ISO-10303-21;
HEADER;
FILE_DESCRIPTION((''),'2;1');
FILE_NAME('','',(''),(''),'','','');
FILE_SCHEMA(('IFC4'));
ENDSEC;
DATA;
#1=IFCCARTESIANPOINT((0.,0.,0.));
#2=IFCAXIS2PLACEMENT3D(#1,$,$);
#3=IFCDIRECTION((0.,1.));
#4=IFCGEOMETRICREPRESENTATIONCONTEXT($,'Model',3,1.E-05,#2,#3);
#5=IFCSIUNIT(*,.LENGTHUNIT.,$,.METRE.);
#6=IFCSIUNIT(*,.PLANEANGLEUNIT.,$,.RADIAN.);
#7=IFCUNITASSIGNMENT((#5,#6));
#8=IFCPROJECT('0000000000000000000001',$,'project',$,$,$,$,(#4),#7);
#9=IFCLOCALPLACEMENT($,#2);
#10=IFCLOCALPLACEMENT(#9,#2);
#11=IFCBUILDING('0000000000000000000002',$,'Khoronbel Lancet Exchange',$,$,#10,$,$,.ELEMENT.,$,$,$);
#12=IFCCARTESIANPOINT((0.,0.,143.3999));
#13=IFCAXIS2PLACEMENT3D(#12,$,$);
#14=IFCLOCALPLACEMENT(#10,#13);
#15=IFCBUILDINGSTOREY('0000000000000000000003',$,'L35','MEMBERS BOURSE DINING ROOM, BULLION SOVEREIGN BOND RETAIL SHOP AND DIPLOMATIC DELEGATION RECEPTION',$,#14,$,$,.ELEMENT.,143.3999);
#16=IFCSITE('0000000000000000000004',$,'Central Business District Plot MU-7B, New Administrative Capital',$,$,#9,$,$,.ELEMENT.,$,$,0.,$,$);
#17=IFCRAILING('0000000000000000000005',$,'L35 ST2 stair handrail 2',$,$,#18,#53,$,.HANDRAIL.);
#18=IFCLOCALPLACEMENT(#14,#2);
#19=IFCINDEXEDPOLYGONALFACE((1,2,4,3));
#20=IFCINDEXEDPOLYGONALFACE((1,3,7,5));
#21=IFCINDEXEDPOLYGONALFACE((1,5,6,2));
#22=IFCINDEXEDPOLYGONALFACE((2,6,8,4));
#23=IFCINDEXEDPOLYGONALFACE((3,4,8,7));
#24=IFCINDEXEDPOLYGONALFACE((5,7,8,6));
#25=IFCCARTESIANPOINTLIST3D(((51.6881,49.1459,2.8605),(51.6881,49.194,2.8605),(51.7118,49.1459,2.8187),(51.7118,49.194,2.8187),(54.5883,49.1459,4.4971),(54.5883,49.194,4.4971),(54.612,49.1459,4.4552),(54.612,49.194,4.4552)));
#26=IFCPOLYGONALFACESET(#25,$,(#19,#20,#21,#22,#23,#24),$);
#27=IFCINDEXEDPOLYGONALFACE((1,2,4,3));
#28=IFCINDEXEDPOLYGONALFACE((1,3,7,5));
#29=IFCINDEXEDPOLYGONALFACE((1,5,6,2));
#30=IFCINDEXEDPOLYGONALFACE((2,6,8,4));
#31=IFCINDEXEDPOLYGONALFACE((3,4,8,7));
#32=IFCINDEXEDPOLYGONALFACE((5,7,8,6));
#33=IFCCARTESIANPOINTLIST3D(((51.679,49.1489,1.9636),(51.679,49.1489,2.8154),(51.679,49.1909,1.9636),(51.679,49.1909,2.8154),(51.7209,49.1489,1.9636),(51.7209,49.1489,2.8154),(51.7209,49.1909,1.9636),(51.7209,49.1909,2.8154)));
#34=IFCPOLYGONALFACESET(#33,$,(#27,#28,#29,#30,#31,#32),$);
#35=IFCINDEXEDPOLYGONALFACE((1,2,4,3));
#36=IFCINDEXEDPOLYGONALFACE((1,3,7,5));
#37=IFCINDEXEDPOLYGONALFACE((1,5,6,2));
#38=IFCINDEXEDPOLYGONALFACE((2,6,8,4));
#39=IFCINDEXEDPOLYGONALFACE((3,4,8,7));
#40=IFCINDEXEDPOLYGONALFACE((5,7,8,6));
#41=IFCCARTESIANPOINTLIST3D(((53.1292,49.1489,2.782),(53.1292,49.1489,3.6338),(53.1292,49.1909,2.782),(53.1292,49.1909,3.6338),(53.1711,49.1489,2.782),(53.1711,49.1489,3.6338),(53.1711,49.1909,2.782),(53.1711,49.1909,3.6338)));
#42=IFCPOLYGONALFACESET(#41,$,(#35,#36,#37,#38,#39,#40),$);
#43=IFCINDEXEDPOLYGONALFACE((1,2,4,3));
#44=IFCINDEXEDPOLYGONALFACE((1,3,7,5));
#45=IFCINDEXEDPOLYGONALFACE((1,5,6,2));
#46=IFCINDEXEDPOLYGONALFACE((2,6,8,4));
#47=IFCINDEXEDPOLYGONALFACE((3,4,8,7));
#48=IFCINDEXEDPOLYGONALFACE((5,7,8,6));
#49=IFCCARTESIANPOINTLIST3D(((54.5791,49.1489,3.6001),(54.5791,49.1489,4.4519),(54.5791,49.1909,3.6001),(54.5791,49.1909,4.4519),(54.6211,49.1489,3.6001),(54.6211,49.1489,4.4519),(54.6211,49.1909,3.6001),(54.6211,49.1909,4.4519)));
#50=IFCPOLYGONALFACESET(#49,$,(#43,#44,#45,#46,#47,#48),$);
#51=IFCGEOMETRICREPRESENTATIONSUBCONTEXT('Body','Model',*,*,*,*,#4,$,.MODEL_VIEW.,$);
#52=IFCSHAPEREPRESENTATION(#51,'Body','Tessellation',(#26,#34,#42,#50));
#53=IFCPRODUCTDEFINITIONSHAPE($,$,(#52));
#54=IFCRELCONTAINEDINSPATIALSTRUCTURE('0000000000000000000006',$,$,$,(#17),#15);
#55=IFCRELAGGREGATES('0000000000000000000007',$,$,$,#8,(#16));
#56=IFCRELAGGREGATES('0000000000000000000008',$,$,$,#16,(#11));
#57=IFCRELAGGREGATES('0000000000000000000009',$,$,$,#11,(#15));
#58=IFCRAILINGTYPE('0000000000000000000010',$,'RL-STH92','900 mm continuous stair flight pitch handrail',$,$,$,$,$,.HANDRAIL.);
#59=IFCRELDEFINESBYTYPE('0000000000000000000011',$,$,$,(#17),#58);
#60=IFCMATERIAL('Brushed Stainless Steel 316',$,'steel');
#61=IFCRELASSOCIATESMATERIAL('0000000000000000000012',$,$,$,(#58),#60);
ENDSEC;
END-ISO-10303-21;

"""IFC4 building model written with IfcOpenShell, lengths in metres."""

from ifc_helpers import new_model, si_unit, direction, frame, origin, origin_2d, place, context, subcontext, project, spatial, rectangle, extrude, material, type_object, element, save


model = new_model("IFC4")

# Units and contexts
model_context = context("Model", 3, precision=1e-05, world=origin(), true_north=direction((0.0, 1.0)))
body_context = subcontext(model_context, "Body", "Model", "MODEL_VIEW")
ifc_project = project(units=[si_unit("LENGTHUNIT", "METRE"), si_unit("PLANEANGLEUNIT", "RADIAN")], contexts=[model_context])

# Site, building, storey
site_placement = place(None, origin())
site = spatial("IfcSite", under=ifc_project, at=site_placement, Name="Central Business District Plot MU-7B, New Administrative Capital", CompositionType="ELEMENT", RefElevation=0.0)
building_placement = place(site_placement, origin())
building = spatial("IfcBuilding", under=site, at=building_placement, Name="Khoronbel Lancet Exchange", CompositionType="ELEMENT")
storey_placement = place(building_placement, frame((0.0, 0.0, 143.3999)))
storey = spatial("IfcBuildingStorey", under=building, at=storey_placement, Name="L35", Description="MEMBERS BOURSE DINING ROOM, BULLION SOVEREIGN BOND RETAIL SHOP AND DIPLOMATIC DELEGATION RECEPTION", CompositionType="ELEMENT", Elevation=143.3999)

# Railing
ifc_material_1 = material(Name="Brushed Stainless Steel 316", Category="steel")
railing_type_1 = type_object("IfcRailingType", Name="RL-STH92", Description="900 mm continuous stair flight pitch handrail", PredefinedType="HANDRAIL", material=ifc_material_1)
railing_1_placement = place(storey_placement, frame((51.7, 49.1699, 1.9636)))
element("IfcRailing", 1, at=railing_1_placement, inside=storey, type_object=railing_type_1, Name="L35 ST2 stair handrail 2", PredefinedType="HANDRAIL", context=body_context, shape_type="SweptSolid", body=[
    extrude(rectangle(XDim=0.0481, YDim=0.0481, at=origin_2d()), frame((0.0, 0.0, 0.876), z_axis=(0.870915, 0.0, 0.491434), x_axis=(0.0, 1.0, 0.0)), (0.0, 0.0, 1.0), 3.3301),
    extrude(rectangle(XDim=0.042, YDim=0.042, at=origin_2d()), origin(), (0.0, 0.0, 1.0), 0.8518),
    extrude(rectangle(XDim=0.042, YDim=0.042, at=origin_2d()), frame((1.4502, 0.0, 0.8184)), (0.0, 0.0, 1.0), 0.8518),
    extrude(rectangle(XDim=0.042, YDim=0.042, at=origin_2d()), frame((2.9001, 0.0, 1.6365)), (0.0, 0.0, 1.0), 0.8518),
])

save(model, "model.ifc")
